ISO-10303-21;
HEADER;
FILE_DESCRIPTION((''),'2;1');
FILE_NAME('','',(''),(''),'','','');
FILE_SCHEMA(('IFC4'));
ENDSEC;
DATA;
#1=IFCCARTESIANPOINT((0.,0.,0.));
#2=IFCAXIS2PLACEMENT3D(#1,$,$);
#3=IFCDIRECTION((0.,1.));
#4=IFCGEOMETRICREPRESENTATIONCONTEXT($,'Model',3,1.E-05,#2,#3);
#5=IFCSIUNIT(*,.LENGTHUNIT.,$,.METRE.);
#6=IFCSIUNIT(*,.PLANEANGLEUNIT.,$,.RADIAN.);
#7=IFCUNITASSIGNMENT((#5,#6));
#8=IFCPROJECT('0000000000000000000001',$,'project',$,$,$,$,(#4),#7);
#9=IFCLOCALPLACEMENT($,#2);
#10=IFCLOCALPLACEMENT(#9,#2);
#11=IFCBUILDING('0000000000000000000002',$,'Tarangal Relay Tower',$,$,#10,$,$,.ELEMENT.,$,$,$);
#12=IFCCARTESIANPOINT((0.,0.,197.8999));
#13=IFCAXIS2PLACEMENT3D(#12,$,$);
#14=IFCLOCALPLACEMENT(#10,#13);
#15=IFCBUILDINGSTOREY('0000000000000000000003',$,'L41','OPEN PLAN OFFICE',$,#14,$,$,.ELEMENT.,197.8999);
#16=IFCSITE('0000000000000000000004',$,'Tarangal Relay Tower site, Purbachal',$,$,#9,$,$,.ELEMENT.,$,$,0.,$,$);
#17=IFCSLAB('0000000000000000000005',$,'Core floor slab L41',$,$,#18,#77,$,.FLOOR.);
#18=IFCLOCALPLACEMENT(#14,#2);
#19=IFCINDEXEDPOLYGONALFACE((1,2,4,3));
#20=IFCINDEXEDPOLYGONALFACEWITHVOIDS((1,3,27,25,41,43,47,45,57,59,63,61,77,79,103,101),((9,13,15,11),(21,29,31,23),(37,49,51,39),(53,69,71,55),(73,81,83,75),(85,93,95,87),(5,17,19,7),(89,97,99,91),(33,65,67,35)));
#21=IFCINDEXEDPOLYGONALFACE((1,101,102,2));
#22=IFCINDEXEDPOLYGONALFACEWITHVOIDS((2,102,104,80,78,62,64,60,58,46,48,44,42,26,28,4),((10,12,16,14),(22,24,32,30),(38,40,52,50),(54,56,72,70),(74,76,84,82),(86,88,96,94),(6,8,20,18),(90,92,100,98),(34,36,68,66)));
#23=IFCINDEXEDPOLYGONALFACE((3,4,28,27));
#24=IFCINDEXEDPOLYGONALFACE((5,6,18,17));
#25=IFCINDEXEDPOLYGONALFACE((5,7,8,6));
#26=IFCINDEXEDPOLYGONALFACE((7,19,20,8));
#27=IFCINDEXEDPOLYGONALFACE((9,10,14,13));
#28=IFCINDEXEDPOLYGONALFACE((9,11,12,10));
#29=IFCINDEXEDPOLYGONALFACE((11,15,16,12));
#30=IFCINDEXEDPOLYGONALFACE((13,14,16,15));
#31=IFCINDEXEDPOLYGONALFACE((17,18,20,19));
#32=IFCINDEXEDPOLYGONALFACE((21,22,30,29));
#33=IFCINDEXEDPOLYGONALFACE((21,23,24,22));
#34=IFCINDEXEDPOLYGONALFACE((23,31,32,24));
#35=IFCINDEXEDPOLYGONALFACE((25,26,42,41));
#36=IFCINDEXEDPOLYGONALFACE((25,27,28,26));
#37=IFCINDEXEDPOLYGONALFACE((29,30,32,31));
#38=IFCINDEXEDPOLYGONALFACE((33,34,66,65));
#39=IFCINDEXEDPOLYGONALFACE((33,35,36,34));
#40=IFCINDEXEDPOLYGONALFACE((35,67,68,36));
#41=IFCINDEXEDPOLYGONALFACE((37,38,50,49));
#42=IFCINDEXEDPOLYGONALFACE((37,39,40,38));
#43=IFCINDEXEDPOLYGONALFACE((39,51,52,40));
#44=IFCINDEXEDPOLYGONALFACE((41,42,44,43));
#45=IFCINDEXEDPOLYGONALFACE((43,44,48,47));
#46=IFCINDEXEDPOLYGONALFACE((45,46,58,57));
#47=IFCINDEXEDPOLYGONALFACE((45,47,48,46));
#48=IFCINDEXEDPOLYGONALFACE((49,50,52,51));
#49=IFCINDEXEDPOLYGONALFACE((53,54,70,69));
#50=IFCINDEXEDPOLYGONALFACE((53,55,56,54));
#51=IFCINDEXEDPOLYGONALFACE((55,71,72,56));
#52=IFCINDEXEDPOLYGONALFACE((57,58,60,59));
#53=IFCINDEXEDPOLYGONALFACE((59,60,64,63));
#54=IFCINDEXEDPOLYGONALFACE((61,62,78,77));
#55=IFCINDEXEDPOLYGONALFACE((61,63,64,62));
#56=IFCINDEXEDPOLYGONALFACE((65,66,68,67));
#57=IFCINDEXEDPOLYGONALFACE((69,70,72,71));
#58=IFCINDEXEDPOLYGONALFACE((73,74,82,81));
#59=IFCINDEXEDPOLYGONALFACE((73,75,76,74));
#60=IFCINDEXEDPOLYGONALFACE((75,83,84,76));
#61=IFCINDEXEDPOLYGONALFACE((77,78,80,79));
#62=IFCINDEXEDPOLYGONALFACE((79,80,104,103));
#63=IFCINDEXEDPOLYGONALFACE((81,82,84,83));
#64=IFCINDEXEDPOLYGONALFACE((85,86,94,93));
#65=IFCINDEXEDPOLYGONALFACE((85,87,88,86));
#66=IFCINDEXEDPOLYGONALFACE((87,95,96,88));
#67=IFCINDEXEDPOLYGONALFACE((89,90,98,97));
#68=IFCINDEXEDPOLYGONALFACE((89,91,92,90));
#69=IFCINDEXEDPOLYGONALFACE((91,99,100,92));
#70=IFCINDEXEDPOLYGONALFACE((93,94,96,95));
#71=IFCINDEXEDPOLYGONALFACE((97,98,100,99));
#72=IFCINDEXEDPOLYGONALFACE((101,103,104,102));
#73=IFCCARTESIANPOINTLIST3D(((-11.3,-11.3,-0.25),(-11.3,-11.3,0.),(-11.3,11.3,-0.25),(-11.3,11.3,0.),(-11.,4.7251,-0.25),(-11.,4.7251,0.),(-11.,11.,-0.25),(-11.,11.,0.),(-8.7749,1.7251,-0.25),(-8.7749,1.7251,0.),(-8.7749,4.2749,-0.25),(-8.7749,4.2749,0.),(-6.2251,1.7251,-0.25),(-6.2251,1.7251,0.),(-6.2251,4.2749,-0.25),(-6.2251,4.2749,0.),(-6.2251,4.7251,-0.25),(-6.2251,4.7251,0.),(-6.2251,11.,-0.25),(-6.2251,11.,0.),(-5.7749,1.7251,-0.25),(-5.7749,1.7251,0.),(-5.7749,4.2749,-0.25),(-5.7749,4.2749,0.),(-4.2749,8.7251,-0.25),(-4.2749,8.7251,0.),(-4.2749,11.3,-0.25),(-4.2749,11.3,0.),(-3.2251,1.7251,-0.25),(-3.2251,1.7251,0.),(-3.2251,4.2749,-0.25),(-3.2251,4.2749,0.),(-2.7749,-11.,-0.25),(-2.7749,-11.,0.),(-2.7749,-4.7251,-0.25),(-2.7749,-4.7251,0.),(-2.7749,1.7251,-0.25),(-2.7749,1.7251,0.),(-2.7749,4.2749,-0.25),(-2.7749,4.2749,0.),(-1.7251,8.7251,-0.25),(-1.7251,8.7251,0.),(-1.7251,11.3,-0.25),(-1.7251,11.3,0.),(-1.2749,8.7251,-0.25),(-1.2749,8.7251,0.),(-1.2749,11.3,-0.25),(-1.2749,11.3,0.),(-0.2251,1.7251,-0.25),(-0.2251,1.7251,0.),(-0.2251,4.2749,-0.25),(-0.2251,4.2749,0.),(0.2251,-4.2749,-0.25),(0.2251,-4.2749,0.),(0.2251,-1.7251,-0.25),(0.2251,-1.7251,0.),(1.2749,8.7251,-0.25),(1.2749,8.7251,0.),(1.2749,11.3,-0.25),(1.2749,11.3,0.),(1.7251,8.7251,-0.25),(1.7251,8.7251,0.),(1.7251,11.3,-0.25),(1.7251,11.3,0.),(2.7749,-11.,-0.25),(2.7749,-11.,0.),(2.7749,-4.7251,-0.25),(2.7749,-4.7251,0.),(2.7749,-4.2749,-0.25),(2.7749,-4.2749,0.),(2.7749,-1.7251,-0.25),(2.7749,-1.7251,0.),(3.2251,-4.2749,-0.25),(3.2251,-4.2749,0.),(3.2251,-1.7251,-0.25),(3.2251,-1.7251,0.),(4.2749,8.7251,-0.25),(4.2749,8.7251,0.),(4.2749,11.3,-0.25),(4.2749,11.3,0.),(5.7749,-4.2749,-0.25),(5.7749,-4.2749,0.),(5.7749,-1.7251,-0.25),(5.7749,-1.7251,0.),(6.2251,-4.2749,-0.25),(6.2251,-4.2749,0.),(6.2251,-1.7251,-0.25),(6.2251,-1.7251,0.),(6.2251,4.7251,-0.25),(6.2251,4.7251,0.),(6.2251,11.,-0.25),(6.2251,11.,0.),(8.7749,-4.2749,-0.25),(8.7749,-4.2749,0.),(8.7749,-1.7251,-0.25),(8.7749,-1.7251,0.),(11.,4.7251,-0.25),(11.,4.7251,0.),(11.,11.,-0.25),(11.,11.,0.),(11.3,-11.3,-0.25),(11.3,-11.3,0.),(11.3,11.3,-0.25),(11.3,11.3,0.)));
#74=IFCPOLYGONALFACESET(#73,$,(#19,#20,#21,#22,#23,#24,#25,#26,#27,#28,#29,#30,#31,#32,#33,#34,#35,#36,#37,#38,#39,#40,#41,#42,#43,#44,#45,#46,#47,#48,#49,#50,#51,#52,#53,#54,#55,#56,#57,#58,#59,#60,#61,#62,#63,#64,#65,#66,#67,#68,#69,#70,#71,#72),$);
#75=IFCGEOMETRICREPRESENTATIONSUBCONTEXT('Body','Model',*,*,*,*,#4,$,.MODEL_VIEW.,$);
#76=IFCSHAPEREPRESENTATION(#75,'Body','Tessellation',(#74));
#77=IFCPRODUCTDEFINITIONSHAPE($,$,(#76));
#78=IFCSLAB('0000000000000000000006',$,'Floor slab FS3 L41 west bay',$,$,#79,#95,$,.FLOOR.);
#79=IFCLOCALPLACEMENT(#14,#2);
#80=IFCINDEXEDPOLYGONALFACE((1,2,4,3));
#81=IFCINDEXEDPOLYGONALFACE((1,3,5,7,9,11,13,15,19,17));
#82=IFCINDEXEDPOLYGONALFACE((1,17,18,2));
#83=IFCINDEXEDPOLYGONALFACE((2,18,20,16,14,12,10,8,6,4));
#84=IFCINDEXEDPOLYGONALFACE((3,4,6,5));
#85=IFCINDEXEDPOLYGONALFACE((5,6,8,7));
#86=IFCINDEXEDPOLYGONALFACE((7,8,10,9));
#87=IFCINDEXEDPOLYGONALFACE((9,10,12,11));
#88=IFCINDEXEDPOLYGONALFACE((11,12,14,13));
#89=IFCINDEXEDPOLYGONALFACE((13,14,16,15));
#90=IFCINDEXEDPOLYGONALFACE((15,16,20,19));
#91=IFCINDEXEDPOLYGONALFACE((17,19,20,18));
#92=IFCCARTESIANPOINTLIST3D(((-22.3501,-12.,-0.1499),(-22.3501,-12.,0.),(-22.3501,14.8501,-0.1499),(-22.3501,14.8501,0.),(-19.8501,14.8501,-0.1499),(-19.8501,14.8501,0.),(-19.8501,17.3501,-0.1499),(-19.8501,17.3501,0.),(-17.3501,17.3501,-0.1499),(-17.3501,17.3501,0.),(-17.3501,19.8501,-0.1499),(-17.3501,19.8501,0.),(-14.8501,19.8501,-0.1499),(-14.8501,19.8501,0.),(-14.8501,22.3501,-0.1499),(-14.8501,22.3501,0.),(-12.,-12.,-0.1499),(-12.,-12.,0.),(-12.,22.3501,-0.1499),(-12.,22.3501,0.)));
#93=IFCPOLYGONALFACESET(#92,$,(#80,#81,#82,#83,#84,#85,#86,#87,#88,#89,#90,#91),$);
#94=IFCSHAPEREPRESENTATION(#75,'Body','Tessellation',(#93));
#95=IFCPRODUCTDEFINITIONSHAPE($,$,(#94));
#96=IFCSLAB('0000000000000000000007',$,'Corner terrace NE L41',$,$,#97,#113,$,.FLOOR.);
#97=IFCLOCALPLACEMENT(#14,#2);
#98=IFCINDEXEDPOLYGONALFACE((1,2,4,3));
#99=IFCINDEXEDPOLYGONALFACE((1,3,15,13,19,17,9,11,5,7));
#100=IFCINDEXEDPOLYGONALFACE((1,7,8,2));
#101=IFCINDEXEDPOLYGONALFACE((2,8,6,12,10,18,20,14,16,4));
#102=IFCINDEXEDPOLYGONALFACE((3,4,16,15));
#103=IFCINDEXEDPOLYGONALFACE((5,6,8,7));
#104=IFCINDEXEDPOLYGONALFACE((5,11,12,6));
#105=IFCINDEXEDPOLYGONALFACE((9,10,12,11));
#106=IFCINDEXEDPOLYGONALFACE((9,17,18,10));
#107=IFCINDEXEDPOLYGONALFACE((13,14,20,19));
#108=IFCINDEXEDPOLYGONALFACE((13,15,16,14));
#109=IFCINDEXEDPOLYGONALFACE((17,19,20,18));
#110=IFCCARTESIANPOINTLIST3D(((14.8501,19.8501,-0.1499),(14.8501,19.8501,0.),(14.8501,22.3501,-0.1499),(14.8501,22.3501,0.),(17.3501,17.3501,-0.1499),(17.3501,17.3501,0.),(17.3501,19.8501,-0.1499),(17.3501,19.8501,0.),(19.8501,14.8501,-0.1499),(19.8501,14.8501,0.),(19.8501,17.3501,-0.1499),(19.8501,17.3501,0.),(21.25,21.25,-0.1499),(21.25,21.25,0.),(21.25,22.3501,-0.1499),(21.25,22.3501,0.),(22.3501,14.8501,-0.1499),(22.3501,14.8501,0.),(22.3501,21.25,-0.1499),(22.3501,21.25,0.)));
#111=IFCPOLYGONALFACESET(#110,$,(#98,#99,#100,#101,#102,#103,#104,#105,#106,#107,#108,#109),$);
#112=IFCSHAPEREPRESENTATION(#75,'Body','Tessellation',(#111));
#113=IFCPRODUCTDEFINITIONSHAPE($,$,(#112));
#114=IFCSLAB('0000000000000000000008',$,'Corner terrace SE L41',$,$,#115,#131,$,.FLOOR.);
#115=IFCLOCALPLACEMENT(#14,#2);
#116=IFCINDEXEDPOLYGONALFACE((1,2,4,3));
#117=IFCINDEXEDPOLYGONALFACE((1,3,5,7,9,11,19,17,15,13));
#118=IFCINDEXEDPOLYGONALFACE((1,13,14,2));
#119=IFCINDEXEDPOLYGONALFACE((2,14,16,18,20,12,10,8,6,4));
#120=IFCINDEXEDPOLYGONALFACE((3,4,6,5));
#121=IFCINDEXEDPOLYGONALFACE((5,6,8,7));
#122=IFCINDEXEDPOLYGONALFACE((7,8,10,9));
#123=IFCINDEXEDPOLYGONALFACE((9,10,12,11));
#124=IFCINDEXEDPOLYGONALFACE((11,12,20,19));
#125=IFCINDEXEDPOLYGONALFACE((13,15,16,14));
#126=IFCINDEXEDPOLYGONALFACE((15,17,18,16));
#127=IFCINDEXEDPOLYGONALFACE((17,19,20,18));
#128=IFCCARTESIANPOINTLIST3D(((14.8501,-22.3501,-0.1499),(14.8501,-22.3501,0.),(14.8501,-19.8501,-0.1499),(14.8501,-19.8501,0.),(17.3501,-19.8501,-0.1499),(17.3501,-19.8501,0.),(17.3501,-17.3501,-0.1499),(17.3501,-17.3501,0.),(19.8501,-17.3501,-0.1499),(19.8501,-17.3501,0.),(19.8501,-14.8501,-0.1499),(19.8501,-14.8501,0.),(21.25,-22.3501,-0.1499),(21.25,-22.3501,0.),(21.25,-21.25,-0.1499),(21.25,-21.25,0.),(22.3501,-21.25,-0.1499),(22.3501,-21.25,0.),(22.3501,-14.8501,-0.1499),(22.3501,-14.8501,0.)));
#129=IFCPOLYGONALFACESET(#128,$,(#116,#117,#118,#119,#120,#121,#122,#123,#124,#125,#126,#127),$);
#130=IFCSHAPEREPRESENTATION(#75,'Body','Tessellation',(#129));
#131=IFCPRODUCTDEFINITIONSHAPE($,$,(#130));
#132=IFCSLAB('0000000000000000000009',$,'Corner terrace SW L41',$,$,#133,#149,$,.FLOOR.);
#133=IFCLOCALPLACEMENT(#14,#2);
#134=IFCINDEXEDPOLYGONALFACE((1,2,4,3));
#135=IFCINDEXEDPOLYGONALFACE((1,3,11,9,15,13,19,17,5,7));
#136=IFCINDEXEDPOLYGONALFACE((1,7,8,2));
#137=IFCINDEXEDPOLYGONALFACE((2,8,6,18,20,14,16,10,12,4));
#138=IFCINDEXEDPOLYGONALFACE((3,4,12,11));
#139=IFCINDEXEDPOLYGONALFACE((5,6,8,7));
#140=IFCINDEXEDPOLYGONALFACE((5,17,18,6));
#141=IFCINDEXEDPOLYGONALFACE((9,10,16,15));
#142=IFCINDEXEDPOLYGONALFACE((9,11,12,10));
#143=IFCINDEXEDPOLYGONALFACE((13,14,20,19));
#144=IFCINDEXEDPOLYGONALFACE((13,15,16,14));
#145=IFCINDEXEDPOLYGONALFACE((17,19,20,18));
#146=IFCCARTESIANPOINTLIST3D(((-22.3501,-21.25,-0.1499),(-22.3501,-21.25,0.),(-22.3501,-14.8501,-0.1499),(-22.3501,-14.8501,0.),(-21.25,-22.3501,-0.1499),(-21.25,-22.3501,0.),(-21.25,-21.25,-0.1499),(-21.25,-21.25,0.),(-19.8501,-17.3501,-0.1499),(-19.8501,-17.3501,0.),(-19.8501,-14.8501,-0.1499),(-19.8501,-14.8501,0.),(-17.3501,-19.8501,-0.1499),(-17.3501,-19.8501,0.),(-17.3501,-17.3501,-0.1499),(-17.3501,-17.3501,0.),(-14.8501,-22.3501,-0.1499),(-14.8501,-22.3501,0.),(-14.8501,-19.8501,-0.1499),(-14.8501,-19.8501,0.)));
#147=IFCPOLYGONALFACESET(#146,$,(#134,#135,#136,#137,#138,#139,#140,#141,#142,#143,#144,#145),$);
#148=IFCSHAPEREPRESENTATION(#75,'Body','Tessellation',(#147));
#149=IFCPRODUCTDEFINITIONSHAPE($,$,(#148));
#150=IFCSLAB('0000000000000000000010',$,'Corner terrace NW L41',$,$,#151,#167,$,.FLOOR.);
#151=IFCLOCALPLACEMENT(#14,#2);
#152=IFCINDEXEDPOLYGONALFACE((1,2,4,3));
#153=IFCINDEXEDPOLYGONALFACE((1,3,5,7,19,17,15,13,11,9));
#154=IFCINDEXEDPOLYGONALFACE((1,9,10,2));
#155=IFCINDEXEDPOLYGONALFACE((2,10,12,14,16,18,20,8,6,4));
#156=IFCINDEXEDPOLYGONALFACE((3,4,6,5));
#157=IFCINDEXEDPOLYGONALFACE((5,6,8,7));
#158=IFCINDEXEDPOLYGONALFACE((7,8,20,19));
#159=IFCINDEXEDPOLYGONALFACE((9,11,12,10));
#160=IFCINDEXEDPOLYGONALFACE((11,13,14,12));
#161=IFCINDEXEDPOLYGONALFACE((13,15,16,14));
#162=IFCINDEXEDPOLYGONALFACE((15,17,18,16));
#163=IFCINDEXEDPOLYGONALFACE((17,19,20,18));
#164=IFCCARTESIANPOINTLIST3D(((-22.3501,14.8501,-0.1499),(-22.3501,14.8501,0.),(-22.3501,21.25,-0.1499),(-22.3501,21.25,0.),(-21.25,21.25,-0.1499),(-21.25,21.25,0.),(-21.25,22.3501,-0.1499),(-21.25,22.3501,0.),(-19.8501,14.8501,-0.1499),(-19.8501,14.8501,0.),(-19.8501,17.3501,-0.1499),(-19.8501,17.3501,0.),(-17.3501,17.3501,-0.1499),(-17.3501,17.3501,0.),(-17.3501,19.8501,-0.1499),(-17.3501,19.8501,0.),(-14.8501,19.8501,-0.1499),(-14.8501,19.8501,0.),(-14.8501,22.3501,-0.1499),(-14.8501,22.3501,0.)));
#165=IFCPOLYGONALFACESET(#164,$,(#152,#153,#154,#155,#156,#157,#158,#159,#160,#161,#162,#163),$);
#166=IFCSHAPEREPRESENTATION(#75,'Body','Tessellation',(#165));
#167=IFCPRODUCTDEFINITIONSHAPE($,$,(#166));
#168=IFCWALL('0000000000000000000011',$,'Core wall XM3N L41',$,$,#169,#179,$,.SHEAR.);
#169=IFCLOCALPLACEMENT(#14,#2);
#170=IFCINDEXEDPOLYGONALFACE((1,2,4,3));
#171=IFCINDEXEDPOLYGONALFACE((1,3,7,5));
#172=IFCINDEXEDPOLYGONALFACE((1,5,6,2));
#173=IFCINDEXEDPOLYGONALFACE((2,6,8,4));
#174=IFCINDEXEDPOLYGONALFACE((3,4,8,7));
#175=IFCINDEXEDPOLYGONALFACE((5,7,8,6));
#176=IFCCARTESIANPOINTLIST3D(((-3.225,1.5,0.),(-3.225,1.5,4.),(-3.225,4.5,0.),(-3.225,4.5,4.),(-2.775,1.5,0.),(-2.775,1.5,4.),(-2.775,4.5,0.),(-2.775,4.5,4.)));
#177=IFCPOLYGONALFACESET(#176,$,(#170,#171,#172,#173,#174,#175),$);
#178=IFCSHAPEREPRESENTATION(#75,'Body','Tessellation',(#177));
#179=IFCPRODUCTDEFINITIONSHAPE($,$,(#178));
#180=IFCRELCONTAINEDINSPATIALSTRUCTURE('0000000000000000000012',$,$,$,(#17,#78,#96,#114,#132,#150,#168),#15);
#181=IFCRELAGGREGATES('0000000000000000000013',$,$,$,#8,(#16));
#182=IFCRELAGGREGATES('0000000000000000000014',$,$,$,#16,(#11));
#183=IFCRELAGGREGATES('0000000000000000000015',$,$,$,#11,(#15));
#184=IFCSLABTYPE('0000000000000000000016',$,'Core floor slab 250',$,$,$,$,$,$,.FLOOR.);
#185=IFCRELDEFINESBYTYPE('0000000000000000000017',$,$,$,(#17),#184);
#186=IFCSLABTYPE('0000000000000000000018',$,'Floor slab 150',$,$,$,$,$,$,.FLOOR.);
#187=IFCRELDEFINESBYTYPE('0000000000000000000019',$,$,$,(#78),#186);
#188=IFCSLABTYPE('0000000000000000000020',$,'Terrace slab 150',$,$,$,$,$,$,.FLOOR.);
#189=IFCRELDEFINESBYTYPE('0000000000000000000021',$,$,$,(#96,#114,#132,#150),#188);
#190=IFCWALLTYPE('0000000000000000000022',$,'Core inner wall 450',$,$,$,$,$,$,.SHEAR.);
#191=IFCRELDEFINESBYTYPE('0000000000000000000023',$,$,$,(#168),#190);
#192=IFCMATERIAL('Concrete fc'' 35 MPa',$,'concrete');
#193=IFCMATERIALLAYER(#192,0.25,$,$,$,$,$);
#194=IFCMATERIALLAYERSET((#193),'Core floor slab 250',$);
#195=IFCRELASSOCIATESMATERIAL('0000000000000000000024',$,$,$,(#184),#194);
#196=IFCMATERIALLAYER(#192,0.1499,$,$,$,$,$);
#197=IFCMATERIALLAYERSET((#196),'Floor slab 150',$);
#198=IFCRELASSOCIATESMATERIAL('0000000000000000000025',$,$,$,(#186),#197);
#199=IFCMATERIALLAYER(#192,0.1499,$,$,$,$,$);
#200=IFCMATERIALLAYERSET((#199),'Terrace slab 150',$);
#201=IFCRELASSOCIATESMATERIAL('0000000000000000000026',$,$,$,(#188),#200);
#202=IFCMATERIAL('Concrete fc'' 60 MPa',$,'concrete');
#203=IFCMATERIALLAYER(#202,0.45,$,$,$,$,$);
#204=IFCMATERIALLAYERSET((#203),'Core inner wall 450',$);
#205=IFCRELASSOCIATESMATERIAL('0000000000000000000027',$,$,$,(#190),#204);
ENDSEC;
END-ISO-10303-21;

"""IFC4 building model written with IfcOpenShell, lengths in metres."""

from ifc_helpers import new_model, si_unit, direction, frame, frame_2d, origin, place, context, subcontext, project, spatial, polyline, rectangle, outline, extrude, material, layer, layer_set, type_object, element, save


model = new_model("IFC4")

# Units and contexts
model_context = context("Model", 3, precision=1e-05, world=origin(), true_north=direction((0.0, 1.0)))
body_context = subcontext(model_context, "Body", "Model", "MODEL_VIEW")
ifc_project = project(units=[si_unit("LENGTHUNIT", "METRE"), si_unit("PLANEANGLEUNIT", "RADIAN")], contexts=[model_context])

# Site, building, storey
site_placement = place(None, origin())
site = spatial("IfcSite", under=ifc_project, at=site_placement, Name="Tarangal Relay Tower site, Purbachal", CompositionType="ELEMENT", RefElevation=0.0)
building_placement = place(site_placement, origin())
building = spatial("IfcBuilding", under=site, at=building_placement, Name="Tarangal Relay Tower", CompositionType="ELEMENT")
storey_placement = place(building_placement, frame((0.0, 0.0, 197.8999)))
storey = spatial("IfcBuildingStorey", under=building, at=storey_placement, Name="L41", Description="OPEN PLAN OFFICE", CompositionType="ELEMENT", Elevation=197.8999)

# Slabs
ifc_material_1 = material(Name="Concrete fc' 35 MPa", Category="concrete")
ifc_layer_1 = layer(ifc_material_1, 0.25)
ifc_layer_set_1 = layer_set([ifc_layer_1], Name="Core floor slab 250")
slab_type_1 = type_object("IfcSlabType", Name="Core floor slab 250", PredefinedType="FLOOR", material=ifc_layer_set_1)
slab_1_placement = place(storey_placement, frame((0.0, 0.0, -0.25)))
element("IfcSlab", 1, at=slab_1_placement, inside=storey, type_object=slab_type_1, Name="Core floor slab L41", PredefinedType="FLOOR", context=body_context, shape_type="SweptSolid", body=[
    extrude(outline(polyline([(11.3, 11.3), (11.3, -11.3), (-11.3, -11.3), (-11.3, 11.3), (-4.2749, 11.3), (-4.2749, 8.7251), (-1.7251, 8.7251), (-1.7251, 11.3), (-1.2749, 11.3), (-1.2749, 8.7251), (1.2749, 8.7251), (1.2749, 11.3), (1.7251, 11.3), (1.7251, 8.7251), (4.2749, 8.7251), (4.2749, 11.3), (11.3, 11.3)]), holes=[polyline([(-6.2251, 4.2749), (-8.7749, 4.2749), (-8.7749, 1.7251), (-6.2251, 1.7251), (-6.2251, 4.2749)]), polyline([(-3.2251, 1.7251), (-3.2251, 4.2749), (-5.7749, 4.2749), (-5.7749, 1.7251), (-3.2251, 1.7251)]), polyline([(-0.2251, 1.7251), (-0.2251, 4.2749), (-2.7749, 4.2749), (-2.7749, 1.7251), (-0.2251, 1.7251)]), polyline([(-6.2251, 11.0), (-11.0, 11.0), (-11.0, 4.7251), (-6.2251, 4.7251), (-6.2251, 11.0)]), polyline([(2.7749, -4.7251), (-2.7749, -4.7251), (-2.7749, -11.0), (2.7749, -11.0), (2.7749, -4.7251)]), polyline([(2.7749, -4.2749), (2.7749, -1.7251), (0.2251, -1.7251), (0.2251, -4.2749), (2.7749, -4.2749)]), polyline([(5.7749, -4.2749), (5.7749, -1.7251), (3.2251, -1.7251), (3.2251, -4.2749), (5.7749, -4.2749)]), polyline([(8.7749, -1.7251), (6.2251, -1.7251), (6.2251, -4.2749), (8.7749, -4.2749), (8.7749, -1.7251)]), polyline([(11.0, 4.7251), (11.0, 11.0), (6.2251, 11.0), (6.2251, 4.7251), (11.0, 4.7251)])]), origin(), (0.0, 0.0, 1.0), 0.25),
])
ifc_layer_2 = layer(ifc_material_1, 0.1499)
ifc_layer_set_2 = layer_set([ifc_layer_2], Name="Floor slab 150")
slab_type_2 = type_object("IfcSlabType", Name="Floor slab 150", PredefinedType="FLOOR", material=ifc_layer_set_2)
slab_2_placement = place(storey_placement, frame((0.0, 0.0, -0.1499)))
element("IfcSlab", 2, at=slab_2_placement, inside=storey, type_object=slab_type_2, Name="Floor slab FS3 L41 west bay", PredefinedType="FLOOR", context=body_context, shape_type="SweptSolid", body=[
    extrude(outline(polyline([(-12.0, 22.3501), (-12.0, -12.0), (-22.3501, -12.0), (-22.3501, 14.8501), (-19.8501, 14.8501), (-19.8501, 17.3501), (-17.3501, 17.3501), (-17.3501, 19.8501), (-14.8501, 19.8501), (-14.8501, 22.3501), (-12.0, 22.3501)])), origin(), (0.0, 0.0, 1.0), 0.1499),
])
ifc_layer_3 = layer(ifc_material_1, 0.1499)
ifc_layer_set_3 = layer_set([ifc_layer_3], Name="Terrace slab 150")
slab_type_3 = type_object("IfcSlabType", Name="Terrace slab 150", PredefinedType="FLOOR", material=ifc_layer_set_3)
slab_3_placement = place(storey_placement, frame((0.0, 0.0, -0.1499)))
element("IfcSlab", 3, at=slab_3_placement, inside=storey, type_object=slab_type_3, Name="Corner terrace NE L41", PredefinedType="FLOOR", context=body_context, shape_type="SweptSolid", body=[
    extrude(outline(polyline([(14.8501, 22.3501), (14.8501, 19.8501), (17.3501, 19.8501), (17.3501, 17.3501), (19.8501, 17.3501), (19.8501, 14.8501), (22.3501, 14.8501), (22.3501, 21.25), (21.25, 21.25), (21.25, 22.3501), (14.8501, 22.3501)])), origin(), (0.0, 0.0, 1.0), 0.1499),
])
slab_4_placement = place(storey_placement, frame((0.0, 0.0, -0.1499)))
element("IfcSlab", 4, at=slab_4_placement, inside=storey, type_object=slab_type_3, Name="Corner terrace SE L41", PredefinedType="FLOOR", context=body_context, shape_type="SweptSolid", body=[
    extrude(outline(polyline([(22.3501, -14.8501), (19.8501, -14.8501), (19.8501, -17.3501), (17.3501, -17.3501), (17.3501, -19.8501), (14.8501, -19.8501), (14.8501, -22.3501), (21.25, -22.3501), (21.25, -21.25), (22.3501, -21.25), (22.3501, -14.8501)])), origin(), (0.0, 0.0, 1.0), 0.1499),
])
slab_5_placement = place(storey_placement, frame((0.0, 0.0, -0.1499)))
element("IfcSlab", 5, at=slab_5_placement, inside=storey, type_object=slab_type_3, Name="Corner terrace SW L41", PredefinedType="FLOOR", context=body_context, shape_type="SweptSolid", body=[
    extrude(outline(polyline([(-14.8501, -22.3501), (-14.8501, -19.8501), (-17.3501, -19.8501), (-17.3501, -17.3501), (-19.8501, -17.3501), (-19.8501, -14.8501), (-22.3501, -14.8501), (-22.3501, -21.25), (-21.25, -21.25), (-21.25, -22.3501), (-14.8501, -22.3501)])), origin(), (0.0, 0.0, 1.0), 0.1499),
])
slab_6_placement = place(storey_placement, frame((0.0, 0.0, -0.1499)))
element("IfcSlab", 6, at=slab_6_placement, inside=storey, type_object=slab_type_3, Name="Corner terrace NW L41", PredefinedType="FLOOR", context=body_context, shape_type="SweptSolid", body=[
    extrude(outline(polyline([(-22.3501, 14.8501), (-19.8501, 14.8501), (-19.8501, 17.3501), (-17.3501, 17.3501), (-17.3501, 19.8501), (-14.8501, 19.8501), (-14.8501, 22.3501), (-21.25, 22.3501), (-21.25, 21.25), (-22.3501, 21.25), (-22.3501, 14.8501)])), origin(), (0.0, 0.0, 1.0), 0.1499),
])

# Wall
ifc_material_2 = material(Name="Concrete fc' 60 MPa", Category="concrete")
ifc_layer_4 = layer(ifc_material_2, 0.45)
ifc_layer_set_4 = layer_set([ifc_layer_4], Name="Core inner wall 450")
wall_type = type_object("IfcWallType", Name="Core inner wall 450", PredefinedType="SHEAR", material=ifc_layer_set_4)
for number, where, z_axis, x_axis, name in (
    (7, (-3.0, 1.5, 0.0), (0.0, 0.0, 1.0), (0.0, 1.0, 0.0), "Core wall XM3N L41"),
):
    element("IfcWall", number, at=place(storey_placement, frame(where, z_axis=z_axis, x_axis=x_axis)), inside=storey, type_object=wall_type, Name=name, PredefinedType="SHEAR", context=body_context, shape_type="SweptSolid", body=[
        extrude(rectangle(XDim=3.0, YDim=0.45, at=frame_2d((1.5, 0.0))), origin(), (0.0, 0.0, 1.0), 4.0),
    ])

save(model, "model.ifc")
